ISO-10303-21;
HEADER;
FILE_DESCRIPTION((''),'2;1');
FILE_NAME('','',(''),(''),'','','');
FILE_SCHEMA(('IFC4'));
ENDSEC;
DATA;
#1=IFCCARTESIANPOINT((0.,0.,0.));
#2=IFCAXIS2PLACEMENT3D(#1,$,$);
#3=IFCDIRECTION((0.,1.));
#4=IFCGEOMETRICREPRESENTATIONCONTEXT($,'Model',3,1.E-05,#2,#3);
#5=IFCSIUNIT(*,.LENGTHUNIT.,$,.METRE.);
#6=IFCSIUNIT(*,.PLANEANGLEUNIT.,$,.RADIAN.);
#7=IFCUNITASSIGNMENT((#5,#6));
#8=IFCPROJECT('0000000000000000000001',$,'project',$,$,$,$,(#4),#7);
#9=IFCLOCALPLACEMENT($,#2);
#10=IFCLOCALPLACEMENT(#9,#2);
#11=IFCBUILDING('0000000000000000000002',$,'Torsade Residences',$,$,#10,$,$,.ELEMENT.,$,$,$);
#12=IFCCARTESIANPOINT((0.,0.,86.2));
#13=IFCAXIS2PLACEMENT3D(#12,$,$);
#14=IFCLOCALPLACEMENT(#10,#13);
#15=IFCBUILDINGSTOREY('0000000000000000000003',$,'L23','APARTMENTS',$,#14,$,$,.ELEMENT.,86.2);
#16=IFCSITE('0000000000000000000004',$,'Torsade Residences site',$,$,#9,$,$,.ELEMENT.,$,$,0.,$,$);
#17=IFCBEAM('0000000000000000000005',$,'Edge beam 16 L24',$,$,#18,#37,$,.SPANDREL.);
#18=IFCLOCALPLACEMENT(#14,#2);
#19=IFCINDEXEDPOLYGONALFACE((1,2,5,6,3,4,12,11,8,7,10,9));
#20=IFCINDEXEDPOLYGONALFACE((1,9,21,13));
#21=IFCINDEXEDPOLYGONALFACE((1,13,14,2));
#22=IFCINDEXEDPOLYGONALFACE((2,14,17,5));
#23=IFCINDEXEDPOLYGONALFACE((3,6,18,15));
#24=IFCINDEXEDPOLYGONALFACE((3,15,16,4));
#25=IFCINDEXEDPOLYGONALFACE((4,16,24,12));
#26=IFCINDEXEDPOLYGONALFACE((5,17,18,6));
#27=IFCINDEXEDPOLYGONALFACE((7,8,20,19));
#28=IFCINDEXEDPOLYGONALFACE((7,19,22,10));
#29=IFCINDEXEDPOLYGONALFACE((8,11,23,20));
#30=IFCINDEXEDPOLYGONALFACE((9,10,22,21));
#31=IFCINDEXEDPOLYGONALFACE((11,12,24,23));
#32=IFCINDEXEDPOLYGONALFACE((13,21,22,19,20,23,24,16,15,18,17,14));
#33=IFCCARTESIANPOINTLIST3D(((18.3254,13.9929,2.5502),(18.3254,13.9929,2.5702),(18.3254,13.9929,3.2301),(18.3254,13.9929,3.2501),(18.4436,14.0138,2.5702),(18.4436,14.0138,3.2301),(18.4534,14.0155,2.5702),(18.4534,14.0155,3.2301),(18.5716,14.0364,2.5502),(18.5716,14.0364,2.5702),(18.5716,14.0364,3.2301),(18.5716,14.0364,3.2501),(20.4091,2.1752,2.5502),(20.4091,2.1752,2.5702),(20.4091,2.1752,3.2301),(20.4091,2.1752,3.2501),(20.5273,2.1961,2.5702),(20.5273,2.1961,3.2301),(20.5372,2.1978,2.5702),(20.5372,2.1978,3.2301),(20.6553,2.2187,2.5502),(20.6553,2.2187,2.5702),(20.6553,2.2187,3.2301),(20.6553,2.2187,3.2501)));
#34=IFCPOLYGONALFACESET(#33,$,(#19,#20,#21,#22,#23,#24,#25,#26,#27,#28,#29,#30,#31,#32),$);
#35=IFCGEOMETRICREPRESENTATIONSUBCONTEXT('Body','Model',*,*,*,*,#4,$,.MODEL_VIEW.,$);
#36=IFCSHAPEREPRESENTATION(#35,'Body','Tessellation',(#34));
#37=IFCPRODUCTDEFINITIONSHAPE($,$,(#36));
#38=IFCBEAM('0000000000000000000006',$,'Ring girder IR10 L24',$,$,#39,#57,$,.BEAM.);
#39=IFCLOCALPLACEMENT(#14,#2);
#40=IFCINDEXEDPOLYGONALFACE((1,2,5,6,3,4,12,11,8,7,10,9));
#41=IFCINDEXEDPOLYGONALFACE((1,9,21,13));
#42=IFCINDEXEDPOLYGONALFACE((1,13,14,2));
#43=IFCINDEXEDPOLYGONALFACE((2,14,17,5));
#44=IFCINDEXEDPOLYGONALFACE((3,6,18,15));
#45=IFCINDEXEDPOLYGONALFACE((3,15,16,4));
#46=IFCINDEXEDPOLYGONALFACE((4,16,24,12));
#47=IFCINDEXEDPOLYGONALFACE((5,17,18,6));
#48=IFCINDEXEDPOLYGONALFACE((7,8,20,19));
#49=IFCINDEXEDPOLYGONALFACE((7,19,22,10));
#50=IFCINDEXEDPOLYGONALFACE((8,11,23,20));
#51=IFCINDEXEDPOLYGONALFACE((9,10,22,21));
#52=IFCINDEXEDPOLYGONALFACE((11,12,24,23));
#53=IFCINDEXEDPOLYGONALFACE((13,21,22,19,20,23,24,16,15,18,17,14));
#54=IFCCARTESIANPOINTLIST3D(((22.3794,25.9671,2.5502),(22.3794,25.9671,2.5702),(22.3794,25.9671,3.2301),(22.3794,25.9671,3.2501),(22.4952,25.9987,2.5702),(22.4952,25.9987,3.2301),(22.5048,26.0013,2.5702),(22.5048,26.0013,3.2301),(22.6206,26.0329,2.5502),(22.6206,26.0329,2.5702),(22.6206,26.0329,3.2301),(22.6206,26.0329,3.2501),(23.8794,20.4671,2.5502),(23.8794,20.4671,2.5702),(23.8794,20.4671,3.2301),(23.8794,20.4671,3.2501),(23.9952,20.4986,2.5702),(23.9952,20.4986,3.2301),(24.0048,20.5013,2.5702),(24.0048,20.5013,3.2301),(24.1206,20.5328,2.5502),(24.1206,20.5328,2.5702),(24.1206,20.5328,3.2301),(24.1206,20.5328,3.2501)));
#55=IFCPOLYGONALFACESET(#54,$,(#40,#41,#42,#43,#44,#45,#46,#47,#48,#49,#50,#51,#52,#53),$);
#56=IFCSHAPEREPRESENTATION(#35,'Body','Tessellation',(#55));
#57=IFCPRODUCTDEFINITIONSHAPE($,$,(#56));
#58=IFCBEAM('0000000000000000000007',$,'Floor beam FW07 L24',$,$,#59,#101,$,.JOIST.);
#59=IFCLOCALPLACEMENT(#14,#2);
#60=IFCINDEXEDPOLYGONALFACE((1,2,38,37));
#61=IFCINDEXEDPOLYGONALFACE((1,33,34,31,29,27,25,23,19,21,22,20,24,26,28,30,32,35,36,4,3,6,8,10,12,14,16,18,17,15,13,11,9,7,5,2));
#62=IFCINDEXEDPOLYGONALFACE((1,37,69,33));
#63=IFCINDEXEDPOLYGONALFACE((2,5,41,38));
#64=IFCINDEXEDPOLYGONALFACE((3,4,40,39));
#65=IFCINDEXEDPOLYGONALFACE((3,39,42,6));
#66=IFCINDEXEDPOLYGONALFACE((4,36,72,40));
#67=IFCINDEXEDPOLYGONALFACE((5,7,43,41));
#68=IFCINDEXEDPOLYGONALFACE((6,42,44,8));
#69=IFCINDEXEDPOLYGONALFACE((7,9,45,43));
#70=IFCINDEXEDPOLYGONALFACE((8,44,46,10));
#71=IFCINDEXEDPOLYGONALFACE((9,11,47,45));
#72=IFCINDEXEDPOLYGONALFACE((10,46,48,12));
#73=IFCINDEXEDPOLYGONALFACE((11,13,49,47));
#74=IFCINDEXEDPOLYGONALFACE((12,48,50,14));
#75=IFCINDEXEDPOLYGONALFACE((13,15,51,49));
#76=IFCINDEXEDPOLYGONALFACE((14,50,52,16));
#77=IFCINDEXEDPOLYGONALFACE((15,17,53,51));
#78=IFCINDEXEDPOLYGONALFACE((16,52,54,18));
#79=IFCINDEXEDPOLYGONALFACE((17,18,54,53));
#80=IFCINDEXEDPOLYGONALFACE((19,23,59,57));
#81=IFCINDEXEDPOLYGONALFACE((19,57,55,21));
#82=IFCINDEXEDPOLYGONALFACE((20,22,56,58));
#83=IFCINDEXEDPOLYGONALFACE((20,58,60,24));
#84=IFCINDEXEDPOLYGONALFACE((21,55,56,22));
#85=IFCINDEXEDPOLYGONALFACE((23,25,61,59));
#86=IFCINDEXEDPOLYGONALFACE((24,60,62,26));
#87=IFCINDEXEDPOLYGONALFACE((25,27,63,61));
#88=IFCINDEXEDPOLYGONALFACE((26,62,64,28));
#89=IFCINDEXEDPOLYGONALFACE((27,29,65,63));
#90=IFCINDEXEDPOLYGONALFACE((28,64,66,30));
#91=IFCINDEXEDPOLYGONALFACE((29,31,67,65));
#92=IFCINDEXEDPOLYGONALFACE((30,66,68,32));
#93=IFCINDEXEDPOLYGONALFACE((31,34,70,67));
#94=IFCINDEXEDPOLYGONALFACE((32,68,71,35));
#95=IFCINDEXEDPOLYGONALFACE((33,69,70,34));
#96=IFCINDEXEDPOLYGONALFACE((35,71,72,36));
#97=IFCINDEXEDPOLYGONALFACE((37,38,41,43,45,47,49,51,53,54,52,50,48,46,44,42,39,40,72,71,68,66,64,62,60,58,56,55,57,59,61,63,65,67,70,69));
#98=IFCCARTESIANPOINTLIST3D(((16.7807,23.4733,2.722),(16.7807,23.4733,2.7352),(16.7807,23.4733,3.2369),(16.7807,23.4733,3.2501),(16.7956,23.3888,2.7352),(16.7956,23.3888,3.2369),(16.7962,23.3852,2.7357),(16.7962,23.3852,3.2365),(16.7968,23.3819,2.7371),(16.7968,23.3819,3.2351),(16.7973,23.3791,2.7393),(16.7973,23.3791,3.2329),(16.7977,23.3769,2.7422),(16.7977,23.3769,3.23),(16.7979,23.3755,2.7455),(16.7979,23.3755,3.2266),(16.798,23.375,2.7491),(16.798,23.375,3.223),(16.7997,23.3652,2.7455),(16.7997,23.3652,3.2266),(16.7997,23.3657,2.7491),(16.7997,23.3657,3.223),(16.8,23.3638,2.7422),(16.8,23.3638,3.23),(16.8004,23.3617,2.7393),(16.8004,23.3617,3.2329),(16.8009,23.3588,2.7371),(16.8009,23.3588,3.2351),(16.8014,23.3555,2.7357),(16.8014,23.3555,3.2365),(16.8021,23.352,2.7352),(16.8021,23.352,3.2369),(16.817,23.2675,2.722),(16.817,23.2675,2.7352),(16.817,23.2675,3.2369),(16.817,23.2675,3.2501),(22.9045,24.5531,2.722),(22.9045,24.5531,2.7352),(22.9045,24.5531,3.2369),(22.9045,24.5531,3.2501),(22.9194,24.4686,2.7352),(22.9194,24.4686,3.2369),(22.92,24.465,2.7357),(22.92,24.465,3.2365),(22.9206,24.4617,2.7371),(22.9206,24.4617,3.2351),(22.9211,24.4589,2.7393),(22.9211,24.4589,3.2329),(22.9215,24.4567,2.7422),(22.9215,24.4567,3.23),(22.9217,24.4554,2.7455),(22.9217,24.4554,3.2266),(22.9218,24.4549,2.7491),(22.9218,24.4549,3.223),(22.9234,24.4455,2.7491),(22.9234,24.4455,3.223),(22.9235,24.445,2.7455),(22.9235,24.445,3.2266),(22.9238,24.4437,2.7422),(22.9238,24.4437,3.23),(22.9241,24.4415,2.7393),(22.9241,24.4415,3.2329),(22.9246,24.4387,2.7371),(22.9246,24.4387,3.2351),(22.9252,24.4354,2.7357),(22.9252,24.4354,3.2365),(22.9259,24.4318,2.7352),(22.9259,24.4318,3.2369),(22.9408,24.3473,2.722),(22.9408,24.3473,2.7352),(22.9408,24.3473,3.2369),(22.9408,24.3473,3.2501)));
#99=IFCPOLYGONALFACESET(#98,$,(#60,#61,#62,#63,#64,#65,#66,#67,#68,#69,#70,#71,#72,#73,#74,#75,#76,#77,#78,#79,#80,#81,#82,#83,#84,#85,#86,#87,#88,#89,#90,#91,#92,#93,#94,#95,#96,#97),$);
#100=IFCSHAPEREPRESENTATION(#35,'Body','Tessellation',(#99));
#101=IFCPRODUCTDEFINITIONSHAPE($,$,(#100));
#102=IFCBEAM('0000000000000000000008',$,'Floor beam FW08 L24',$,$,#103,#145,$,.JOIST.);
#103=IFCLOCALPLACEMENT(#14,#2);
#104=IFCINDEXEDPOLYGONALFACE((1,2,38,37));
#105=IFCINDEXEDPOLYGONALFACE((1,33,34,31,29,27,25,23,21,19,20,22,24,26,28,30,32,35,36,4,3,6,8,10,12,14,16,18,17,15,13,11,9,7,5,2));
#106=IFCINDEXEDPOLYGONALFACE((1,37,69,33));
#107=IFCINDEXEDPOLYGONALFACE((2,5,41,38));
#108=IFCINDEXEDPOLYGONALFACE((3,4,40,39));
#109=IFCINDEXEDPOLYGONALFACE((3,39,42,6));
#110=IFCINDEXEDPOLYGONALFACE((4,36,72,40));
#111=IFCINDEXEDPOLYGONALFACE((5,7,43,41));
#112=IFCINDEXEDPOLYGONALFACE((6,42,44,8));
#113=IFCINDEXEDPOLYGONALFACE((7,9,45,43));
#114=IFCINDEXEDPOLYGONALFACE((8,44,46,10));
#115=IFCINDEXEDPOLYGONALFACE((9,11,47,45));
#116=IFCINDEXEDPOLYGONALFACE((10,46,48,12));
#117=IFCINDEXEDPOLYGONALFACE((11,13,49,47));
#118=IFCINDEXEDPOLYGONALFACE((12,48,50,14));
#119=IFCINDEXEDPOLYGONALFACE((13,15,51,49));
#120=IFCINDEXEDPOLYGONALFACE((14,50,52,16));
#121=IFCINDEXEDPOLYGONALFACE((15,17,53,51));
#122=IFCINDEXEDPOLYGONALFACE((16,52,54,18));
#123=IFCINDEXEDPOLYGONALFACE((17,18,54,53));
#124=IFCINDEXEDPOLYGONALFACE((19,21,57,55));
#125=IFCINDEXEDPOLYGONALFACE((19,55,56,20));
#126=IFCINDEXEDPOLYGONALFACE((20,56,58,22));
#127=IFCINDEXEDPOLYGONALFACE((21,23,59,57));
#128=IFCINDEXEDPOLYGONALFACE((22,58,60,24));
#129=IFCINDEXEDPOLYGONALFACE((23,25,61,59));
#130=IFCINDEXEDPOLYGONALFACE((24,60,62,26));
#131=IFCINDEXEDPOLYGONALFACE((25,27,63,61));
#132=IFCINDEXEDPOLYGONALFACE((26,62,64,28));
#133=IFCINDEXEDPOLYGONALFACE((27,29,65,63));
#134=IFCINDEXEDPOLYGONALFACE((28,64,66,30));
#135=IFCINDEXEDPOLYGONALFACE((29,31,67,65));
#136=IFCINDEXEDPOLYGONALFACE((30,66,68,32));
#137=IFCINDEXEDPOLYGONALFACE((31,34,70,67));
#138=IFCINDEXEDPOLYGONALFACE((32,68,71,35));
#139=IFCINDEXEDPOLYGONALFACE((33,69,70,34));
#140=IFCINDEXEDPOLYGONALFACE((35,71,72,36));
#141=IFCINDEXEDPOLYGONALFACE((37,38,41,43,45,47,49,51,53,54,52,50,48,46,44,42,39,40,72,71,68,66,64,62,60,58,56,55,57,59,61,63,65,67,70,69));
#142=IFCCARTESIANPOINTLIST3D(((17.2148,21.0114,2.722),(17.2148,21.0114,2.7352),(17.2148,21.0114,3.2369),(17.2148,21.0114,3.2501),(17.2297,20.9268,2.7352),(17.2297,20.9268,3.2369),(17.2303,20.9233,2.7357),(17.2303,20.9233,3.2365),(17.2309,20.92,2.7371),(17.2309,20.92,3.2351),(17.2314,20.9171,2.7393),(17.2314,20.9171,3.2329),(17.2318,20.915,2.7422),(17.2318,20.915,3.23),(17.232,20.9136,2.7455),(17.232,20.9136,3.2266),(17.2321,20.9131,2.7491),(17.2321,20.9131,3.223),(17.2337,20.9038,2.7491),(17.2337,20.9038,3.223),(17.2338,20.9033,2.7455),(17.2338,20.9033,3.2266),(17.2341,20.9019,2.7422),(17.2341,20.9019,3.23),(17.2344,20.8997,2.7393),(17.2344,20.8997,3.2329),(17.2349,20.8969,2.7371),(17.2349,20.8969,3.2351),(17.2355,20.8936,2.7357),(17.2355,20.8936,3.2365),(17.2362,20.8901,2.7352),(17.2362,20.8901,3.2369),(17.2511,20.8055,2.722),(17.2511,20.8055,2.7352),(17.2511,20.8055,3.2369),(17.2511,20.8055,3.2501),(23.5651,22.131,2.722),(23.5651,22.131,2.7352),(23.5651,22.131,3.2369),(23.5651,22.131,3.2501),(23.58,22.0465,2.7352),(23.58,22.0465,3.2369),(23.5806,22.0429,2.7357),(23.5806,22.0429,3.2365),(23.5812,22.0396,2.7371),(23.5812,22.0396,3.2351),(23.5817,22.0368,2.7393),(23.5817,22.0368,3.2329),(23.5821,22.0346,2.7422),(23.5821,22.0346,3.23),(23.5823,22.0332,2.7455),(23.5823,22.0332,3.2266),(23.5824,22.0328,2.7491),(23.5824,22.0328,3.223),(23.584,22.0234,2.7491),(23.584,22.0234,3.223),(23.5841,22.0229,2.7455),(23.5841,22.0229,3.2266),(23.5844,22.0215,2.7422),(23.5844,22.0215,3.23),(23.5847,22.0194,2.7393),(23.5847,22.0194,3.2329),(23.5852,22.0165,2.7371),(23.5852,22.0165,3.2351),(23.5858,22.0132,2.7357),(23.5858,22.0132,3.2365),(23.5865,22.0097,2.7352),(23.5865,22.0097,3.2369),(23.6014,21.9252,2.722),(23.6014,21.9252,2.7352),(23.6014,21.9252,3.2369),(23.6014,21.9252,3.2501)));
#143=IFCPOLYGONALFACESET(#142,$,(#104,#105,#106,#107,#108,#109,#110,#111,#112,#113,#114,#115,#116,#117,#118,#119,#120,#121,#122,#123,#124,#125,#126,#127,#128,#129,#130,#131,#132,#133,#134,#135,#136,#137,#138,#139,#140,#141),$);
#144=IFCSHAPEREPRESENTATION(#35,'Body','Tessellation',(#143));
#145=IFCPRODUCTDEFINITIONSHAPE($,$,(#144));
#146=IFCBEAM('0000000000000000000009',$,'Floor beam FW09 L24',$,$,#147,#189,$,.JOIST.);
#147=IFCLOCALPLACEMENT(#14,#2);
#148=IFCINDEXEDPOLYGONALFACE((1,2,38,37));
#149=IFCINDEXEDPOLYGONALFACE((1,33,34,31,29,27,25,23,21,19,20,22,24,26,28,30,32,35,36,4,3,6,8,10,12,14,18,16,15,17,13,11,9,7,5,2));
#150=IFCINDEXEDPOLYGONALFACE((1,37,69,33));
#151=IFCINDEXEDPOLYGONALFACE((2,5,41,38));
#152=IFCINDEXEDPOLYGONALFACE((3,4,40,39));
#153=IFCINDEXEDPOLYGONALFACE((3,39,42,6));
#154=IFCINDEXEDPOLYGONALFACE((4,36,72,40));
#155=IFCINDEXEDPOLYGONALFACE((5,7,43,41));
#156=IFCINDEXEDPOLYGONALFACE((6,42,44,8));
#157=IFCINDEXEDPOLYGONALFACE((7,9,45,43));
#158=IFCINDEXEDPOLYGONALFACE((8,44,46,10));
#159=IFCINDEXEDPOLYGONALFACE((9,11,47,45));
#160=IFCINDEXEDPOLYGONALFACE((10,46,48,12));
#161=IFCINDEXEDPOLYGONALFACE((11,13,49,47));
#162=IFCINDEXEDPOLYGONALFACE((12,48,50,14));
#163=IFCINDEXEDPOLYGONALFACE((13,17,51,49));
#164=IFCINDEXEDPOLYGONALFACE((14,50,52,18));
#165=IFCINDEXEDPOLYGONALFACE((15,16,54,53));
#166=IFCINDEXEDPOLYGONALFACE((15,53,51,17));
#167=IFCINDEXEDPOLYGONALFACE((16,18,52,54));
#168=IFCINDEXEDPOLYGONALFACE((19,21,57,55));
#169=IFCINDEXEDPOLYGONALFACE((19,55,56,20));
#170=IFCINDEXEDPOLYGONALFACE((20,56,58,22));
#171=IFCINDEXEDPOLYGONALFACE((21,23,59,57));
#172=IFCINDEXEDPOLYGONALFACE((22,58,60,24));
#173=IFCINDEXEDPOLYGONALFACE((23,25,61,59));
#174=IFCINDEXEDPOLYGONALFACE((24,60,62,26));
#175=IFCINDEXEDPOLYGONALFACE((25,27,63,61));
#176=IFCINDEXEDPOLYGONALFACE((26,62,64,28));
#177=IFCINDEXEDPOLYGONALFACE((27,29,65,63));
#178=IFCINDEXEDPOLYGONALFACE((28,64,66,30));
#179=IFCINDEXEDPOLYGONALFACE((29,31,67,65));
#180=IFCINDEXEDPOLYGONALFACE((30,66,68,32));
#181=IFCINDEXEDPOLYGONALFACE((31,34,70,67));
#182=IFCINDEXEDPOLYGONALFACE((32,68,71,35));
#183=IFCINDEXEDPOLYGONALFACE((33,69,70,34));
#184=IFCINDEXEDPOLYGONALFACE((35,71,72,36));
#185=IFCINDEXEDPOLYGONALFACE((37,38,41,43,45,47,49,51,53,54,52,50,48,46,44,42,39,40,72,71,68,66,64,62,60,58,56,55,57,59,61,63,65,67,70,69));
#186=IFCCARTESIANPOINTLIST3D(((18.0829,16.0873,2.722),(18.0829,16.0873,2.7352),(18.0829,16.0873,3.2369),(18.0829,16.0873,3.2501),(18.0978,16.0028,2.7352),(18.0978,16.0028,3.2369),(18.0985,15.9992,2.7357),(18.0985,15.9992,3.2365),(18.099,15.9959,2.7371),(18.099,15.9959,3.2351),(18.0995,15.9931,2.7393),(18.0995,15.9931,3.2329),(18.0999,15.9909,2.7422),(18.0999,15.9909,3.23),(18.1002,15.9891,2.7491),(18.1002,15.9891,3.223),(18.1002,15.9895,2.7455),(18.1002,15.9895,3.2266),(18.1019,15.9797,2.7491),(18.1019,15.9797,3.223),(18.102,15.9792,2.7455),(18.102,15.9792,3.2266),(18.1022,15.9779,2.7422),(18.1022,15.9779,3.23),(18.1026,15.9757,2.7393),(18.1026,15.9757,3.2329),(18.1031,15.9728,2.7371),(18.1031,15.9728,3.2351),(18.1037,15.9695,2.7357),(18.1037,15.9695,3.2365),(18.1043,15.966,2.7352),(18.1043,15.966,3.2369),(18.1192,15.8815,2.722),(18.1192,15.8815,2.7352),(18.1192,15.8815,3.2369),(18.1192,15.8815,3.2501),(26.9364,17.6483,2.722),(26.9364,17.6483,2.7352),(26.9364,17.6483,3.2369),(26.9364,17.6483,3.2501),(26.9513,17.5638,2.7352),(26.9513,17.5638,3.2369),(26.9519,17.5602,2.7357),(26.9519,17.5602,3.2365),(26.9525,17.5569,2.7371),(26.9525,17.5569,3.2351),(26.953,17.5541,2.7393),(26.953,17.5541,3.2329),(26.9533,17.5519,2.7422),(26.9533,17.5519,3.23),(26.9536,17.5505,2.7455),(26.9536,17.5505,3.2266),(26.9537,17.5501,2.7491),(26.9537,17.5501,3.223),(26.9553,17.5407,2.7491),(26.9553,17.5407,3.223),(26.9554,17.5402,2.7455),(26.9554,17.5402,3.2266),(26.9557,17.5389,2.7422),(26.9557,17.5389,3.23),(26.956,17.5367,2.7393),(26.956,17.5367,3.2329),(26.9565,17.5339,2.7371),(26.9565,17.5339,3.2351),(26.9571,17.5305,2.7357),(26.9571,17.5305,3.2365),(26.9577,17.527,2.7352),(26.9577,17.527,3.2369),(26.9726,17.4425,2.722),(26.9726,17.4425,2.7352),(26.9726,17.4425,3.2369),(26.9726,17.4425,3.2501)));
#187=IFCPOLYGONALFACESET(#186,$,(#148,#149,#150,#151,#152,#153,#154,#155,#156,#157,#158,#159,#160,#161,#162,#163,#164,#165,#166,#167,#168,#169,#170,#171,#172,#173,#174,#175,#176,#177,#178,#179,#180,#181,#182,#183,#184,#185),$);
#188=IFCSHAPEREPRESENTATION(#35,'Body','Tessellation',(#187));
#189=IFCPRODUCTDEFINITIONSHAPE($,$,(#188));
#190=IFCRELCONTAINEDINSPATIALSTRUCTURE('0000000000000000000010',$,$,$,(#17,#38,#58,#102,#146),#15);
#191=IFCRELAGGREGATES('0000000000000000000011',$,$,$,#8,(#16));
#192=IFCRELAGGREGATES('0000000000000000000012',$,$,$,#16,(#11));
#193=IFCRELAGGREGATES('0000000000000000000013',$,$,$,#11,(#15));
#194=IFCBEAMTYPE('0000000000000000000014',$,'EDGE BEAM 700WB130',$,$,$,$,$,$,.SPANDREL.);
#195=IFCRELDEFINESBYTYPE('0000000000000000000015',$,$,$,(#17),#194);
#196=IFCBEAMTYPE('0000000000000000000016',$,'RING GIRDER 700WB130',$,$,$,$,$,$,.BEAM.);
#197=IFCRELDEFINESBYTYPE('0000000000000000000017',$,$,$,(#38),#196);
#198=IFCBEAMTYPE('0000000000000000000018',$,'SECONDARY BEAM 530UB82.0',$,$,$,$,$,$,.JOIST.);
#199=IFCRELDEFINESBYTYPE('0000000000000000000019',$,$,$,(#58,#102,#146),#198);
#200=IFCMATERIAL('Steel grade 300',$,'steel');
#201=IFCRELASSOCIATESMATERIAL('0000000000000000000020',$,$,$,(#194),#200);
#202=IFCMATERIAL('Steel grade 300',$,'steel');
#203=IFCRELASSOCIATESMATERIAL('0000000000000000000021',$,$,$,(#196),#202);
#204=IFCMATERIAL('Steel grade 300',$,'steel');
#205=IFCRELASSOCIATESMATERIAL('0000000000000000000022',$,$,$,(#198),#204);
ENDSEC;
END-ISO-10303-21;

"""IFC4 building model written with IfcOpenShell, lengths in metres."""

from ifc_helpers import new_model, si_unit, direction, frame, origin, origin_2d, place, context, subcontext, project, spatial, i_section, extrude, material, material_profile, profile_set, type_object, element, save


model = new_model("IFC4")

# Units and contexts
model_context = context("Model", 3, precision=1e-05, world=origin(), true_north=direction((0.0, 1.0)))
body_context = subcontext(model_context, "Body", "Model", "MODEL_VIEW")
ifc_project = project(units=[si_unit("LENGTHUNIT", "METRE"), si_unit("PLANEANGLEUNIT", "RADIAN")], contexts=[model_context])

# Site, building, storey
site_placement = place(None, origin())
site = spatial("IfcSite", under=ifc_project, at=site_placement, Name="Torsade Residences site", CompositionType="ELEMENT", RefElevation=0.0)
building_placement = place(site_placement, origin())
building = spatial("IfcBuilding", under=site, at=building_placement, Name="Torsade Residences", CompositionType="ELEMENT")
storey_placement = place(building_placement, frame((0.0, 0.0, 86.2)))
storey = spatial("IfcBuildingStorey", under=building, at=storey_placement, Name="L23", Description="APARTMENTS", CompositionType="ELEMENT", Elevation=86.2)

# Beams
ifc_material_1 = material(Name="Steel grade 300", Category="steel")
ifc_material_profile_1 = material_profile(ifc_material_1, i_section(OverallWidth=0.25, OverallDepth=0.7, WebThickness=0.01, FlangeThickness=0.02, at=origin_2d()), Name="700WB130")
ifc_profile_set_1 = profile_set([ifc_material_profile_1], Name="Steel grade 300")
beam_type_1 = type_object("IfcBeamType", Name="EDGE BEAM 700WB130", PredefinedType="SPANDREL", material=ifc_profile_set_1)
beam_1_placement = place(storey_placement, frame((18.4485, 14.0146, 2.9001), z_axis=(0.173646, -0.984808, 0.0), x_axis=(0.984808, 0.173646, 0.0)))
element("IfcBeam", 1, at=beam_1_placement, inside=storey, type_object=beam_type_1, Name="Edge beam 16 L24", PredefinedType="SPANDREL", context=body_context, shape_type="SweptSolid", body=[
    extrude(i_section(OverallWidth=0.25, OverallDepth=0.7, WebThickness=0.01, FlangeThickness=0.02, at=origin_2d()), origin(), (0.0, 0.0, 1.0), 12.0),
])
ifc_material_2 = material(Name="Steel grade 300", Category="steel")
ifc_material_profile_2 = material_profile(ifc_material_2, i_section(OverallWidth=0.25, OverallDepth=0.7, WebThickness=0.01, FlangeThickness=0.02, at=origin_2d()), Name="700WB130")
ifc_profile_set_2 = profile_set([ifc_material_profile_2], Name="Steel grade 300")
beam_type_2 = type_object("IfcBeamType", Name="RING GIRDER 700WB130", PredefinedType="BEAM", material=ifc_profile_set_2)
beam_2_placement = place(storey_placement, frame((22.5, 26.0, 2.9001), z_axis=(0.263117, -0.964764, 0.0), x_axis=(0.964764, 0.263117, 0.0)))
element("IfcBeam", 2, at=beam_2_placement, inside=storey, type_object=beam_type_2, Name="Ring girder IR10 L24", PredefinedType="BEAM", context=body_context, shape_type="SweptSolid", body=[
    extrude(i_section(OverallWidth=0.25, OverallDepth=0.7, WebThickness=0.01, FlangeThickness=0.02, at=origin_2d()), origin(), (0.0, 0.0, 1.0), 5.7009),
])
ifc_material_3 = material(Name="Steel grade 300", Category="steel")
ifc_material_profile_3 = material_profile(ifc_material_3, i_section(OverallWidth=0.209, OverallDepth=0.5281, WebThickness=0.0095, FlangeThickness=0.0132, FilletRadius=0.0139, at=origin_2d()), Name="530UB82.0")
ifc_profile_set_3 = profile_set([ifc_material_profile_3], Name="Steel grade 300")
beam_type_3 = type_object("IfcBeamType", Name="SECONDARY BEAM 530UB82.0", PredefinedType="JOIST", material=ifc_profile_set_3)
beam_3_placement = place(storey_placement, frame((16.7988, 23.3704, 2.9861), z_axis=(0.984806, 0.173655, 0.0), x_axis=(-0.173655, 0.984806, 0.0)))
element("IfcBeam", 3, at=beam_3_placement, inside=storey, type_object=beam_type_3, Name="Floor beam FW07 L24", PredefinedType="JOIST", context=body_context, shape_type="SweptSolid", body=[
    extrude(i_section(OverallWidth=0.209, OverallDepth=0.5281, WebThickness=0.0095, FlangeThickness=0.0132, FilletRadius=0.0139, at=origin_2d()), origin(), (0.0, 0.0, 1.0), 6.2183),
])
beam_4_placement = place(storey_placement, frame((17.2329, 20.9084, 2.9861), z_axis=(0.984811, 0.173632, 0.0), x_axis=(-0.173632, 0.984811, 0.0)))
element("IfcBeam", 4, at=beam_4_placement, inside=storey, type_object=beam_type_3, Name="Floor beam FW08 L24", PredefinedType="JOIST", context=body_context, shape_type="SweptSolid", body=[
    extrude(i_section(OverallWidth=0.209, OverallDepth=0.5281, WebThickness=0.0095, FlangeThickness=0.0132, FilletRadius=0.0139, at=origin_2d()), origin(), (0.0, 0.0, 1.0), 6.4482),
])
beam_5_placement = place(storey_placement, frame((18.1011, 15.9844, 2.9861), z_axis=(0.984809, 0.17364, 0.0), x_axis=(-0.17364, 0.984809, 0.0)))
element("IfcBeam", 5, at=beam_5_placement, inside=storey, type_object=beam_type_3, Name="Floor beam FW09 L24", PredefinedType="JOIST", context=body_context, shape_type="SweptSolid", body=[
    extrude(i_section(OverallWidth=0.209, OverallDepth=0.5281, WebThickness=0.0095, FlangeThickness=0.0132, FilletRadius=0.0139, at=origin_2d()), origin(), (0.0, 0.0, 1.0), 8.99),
])

save(model, "model.ifc")
